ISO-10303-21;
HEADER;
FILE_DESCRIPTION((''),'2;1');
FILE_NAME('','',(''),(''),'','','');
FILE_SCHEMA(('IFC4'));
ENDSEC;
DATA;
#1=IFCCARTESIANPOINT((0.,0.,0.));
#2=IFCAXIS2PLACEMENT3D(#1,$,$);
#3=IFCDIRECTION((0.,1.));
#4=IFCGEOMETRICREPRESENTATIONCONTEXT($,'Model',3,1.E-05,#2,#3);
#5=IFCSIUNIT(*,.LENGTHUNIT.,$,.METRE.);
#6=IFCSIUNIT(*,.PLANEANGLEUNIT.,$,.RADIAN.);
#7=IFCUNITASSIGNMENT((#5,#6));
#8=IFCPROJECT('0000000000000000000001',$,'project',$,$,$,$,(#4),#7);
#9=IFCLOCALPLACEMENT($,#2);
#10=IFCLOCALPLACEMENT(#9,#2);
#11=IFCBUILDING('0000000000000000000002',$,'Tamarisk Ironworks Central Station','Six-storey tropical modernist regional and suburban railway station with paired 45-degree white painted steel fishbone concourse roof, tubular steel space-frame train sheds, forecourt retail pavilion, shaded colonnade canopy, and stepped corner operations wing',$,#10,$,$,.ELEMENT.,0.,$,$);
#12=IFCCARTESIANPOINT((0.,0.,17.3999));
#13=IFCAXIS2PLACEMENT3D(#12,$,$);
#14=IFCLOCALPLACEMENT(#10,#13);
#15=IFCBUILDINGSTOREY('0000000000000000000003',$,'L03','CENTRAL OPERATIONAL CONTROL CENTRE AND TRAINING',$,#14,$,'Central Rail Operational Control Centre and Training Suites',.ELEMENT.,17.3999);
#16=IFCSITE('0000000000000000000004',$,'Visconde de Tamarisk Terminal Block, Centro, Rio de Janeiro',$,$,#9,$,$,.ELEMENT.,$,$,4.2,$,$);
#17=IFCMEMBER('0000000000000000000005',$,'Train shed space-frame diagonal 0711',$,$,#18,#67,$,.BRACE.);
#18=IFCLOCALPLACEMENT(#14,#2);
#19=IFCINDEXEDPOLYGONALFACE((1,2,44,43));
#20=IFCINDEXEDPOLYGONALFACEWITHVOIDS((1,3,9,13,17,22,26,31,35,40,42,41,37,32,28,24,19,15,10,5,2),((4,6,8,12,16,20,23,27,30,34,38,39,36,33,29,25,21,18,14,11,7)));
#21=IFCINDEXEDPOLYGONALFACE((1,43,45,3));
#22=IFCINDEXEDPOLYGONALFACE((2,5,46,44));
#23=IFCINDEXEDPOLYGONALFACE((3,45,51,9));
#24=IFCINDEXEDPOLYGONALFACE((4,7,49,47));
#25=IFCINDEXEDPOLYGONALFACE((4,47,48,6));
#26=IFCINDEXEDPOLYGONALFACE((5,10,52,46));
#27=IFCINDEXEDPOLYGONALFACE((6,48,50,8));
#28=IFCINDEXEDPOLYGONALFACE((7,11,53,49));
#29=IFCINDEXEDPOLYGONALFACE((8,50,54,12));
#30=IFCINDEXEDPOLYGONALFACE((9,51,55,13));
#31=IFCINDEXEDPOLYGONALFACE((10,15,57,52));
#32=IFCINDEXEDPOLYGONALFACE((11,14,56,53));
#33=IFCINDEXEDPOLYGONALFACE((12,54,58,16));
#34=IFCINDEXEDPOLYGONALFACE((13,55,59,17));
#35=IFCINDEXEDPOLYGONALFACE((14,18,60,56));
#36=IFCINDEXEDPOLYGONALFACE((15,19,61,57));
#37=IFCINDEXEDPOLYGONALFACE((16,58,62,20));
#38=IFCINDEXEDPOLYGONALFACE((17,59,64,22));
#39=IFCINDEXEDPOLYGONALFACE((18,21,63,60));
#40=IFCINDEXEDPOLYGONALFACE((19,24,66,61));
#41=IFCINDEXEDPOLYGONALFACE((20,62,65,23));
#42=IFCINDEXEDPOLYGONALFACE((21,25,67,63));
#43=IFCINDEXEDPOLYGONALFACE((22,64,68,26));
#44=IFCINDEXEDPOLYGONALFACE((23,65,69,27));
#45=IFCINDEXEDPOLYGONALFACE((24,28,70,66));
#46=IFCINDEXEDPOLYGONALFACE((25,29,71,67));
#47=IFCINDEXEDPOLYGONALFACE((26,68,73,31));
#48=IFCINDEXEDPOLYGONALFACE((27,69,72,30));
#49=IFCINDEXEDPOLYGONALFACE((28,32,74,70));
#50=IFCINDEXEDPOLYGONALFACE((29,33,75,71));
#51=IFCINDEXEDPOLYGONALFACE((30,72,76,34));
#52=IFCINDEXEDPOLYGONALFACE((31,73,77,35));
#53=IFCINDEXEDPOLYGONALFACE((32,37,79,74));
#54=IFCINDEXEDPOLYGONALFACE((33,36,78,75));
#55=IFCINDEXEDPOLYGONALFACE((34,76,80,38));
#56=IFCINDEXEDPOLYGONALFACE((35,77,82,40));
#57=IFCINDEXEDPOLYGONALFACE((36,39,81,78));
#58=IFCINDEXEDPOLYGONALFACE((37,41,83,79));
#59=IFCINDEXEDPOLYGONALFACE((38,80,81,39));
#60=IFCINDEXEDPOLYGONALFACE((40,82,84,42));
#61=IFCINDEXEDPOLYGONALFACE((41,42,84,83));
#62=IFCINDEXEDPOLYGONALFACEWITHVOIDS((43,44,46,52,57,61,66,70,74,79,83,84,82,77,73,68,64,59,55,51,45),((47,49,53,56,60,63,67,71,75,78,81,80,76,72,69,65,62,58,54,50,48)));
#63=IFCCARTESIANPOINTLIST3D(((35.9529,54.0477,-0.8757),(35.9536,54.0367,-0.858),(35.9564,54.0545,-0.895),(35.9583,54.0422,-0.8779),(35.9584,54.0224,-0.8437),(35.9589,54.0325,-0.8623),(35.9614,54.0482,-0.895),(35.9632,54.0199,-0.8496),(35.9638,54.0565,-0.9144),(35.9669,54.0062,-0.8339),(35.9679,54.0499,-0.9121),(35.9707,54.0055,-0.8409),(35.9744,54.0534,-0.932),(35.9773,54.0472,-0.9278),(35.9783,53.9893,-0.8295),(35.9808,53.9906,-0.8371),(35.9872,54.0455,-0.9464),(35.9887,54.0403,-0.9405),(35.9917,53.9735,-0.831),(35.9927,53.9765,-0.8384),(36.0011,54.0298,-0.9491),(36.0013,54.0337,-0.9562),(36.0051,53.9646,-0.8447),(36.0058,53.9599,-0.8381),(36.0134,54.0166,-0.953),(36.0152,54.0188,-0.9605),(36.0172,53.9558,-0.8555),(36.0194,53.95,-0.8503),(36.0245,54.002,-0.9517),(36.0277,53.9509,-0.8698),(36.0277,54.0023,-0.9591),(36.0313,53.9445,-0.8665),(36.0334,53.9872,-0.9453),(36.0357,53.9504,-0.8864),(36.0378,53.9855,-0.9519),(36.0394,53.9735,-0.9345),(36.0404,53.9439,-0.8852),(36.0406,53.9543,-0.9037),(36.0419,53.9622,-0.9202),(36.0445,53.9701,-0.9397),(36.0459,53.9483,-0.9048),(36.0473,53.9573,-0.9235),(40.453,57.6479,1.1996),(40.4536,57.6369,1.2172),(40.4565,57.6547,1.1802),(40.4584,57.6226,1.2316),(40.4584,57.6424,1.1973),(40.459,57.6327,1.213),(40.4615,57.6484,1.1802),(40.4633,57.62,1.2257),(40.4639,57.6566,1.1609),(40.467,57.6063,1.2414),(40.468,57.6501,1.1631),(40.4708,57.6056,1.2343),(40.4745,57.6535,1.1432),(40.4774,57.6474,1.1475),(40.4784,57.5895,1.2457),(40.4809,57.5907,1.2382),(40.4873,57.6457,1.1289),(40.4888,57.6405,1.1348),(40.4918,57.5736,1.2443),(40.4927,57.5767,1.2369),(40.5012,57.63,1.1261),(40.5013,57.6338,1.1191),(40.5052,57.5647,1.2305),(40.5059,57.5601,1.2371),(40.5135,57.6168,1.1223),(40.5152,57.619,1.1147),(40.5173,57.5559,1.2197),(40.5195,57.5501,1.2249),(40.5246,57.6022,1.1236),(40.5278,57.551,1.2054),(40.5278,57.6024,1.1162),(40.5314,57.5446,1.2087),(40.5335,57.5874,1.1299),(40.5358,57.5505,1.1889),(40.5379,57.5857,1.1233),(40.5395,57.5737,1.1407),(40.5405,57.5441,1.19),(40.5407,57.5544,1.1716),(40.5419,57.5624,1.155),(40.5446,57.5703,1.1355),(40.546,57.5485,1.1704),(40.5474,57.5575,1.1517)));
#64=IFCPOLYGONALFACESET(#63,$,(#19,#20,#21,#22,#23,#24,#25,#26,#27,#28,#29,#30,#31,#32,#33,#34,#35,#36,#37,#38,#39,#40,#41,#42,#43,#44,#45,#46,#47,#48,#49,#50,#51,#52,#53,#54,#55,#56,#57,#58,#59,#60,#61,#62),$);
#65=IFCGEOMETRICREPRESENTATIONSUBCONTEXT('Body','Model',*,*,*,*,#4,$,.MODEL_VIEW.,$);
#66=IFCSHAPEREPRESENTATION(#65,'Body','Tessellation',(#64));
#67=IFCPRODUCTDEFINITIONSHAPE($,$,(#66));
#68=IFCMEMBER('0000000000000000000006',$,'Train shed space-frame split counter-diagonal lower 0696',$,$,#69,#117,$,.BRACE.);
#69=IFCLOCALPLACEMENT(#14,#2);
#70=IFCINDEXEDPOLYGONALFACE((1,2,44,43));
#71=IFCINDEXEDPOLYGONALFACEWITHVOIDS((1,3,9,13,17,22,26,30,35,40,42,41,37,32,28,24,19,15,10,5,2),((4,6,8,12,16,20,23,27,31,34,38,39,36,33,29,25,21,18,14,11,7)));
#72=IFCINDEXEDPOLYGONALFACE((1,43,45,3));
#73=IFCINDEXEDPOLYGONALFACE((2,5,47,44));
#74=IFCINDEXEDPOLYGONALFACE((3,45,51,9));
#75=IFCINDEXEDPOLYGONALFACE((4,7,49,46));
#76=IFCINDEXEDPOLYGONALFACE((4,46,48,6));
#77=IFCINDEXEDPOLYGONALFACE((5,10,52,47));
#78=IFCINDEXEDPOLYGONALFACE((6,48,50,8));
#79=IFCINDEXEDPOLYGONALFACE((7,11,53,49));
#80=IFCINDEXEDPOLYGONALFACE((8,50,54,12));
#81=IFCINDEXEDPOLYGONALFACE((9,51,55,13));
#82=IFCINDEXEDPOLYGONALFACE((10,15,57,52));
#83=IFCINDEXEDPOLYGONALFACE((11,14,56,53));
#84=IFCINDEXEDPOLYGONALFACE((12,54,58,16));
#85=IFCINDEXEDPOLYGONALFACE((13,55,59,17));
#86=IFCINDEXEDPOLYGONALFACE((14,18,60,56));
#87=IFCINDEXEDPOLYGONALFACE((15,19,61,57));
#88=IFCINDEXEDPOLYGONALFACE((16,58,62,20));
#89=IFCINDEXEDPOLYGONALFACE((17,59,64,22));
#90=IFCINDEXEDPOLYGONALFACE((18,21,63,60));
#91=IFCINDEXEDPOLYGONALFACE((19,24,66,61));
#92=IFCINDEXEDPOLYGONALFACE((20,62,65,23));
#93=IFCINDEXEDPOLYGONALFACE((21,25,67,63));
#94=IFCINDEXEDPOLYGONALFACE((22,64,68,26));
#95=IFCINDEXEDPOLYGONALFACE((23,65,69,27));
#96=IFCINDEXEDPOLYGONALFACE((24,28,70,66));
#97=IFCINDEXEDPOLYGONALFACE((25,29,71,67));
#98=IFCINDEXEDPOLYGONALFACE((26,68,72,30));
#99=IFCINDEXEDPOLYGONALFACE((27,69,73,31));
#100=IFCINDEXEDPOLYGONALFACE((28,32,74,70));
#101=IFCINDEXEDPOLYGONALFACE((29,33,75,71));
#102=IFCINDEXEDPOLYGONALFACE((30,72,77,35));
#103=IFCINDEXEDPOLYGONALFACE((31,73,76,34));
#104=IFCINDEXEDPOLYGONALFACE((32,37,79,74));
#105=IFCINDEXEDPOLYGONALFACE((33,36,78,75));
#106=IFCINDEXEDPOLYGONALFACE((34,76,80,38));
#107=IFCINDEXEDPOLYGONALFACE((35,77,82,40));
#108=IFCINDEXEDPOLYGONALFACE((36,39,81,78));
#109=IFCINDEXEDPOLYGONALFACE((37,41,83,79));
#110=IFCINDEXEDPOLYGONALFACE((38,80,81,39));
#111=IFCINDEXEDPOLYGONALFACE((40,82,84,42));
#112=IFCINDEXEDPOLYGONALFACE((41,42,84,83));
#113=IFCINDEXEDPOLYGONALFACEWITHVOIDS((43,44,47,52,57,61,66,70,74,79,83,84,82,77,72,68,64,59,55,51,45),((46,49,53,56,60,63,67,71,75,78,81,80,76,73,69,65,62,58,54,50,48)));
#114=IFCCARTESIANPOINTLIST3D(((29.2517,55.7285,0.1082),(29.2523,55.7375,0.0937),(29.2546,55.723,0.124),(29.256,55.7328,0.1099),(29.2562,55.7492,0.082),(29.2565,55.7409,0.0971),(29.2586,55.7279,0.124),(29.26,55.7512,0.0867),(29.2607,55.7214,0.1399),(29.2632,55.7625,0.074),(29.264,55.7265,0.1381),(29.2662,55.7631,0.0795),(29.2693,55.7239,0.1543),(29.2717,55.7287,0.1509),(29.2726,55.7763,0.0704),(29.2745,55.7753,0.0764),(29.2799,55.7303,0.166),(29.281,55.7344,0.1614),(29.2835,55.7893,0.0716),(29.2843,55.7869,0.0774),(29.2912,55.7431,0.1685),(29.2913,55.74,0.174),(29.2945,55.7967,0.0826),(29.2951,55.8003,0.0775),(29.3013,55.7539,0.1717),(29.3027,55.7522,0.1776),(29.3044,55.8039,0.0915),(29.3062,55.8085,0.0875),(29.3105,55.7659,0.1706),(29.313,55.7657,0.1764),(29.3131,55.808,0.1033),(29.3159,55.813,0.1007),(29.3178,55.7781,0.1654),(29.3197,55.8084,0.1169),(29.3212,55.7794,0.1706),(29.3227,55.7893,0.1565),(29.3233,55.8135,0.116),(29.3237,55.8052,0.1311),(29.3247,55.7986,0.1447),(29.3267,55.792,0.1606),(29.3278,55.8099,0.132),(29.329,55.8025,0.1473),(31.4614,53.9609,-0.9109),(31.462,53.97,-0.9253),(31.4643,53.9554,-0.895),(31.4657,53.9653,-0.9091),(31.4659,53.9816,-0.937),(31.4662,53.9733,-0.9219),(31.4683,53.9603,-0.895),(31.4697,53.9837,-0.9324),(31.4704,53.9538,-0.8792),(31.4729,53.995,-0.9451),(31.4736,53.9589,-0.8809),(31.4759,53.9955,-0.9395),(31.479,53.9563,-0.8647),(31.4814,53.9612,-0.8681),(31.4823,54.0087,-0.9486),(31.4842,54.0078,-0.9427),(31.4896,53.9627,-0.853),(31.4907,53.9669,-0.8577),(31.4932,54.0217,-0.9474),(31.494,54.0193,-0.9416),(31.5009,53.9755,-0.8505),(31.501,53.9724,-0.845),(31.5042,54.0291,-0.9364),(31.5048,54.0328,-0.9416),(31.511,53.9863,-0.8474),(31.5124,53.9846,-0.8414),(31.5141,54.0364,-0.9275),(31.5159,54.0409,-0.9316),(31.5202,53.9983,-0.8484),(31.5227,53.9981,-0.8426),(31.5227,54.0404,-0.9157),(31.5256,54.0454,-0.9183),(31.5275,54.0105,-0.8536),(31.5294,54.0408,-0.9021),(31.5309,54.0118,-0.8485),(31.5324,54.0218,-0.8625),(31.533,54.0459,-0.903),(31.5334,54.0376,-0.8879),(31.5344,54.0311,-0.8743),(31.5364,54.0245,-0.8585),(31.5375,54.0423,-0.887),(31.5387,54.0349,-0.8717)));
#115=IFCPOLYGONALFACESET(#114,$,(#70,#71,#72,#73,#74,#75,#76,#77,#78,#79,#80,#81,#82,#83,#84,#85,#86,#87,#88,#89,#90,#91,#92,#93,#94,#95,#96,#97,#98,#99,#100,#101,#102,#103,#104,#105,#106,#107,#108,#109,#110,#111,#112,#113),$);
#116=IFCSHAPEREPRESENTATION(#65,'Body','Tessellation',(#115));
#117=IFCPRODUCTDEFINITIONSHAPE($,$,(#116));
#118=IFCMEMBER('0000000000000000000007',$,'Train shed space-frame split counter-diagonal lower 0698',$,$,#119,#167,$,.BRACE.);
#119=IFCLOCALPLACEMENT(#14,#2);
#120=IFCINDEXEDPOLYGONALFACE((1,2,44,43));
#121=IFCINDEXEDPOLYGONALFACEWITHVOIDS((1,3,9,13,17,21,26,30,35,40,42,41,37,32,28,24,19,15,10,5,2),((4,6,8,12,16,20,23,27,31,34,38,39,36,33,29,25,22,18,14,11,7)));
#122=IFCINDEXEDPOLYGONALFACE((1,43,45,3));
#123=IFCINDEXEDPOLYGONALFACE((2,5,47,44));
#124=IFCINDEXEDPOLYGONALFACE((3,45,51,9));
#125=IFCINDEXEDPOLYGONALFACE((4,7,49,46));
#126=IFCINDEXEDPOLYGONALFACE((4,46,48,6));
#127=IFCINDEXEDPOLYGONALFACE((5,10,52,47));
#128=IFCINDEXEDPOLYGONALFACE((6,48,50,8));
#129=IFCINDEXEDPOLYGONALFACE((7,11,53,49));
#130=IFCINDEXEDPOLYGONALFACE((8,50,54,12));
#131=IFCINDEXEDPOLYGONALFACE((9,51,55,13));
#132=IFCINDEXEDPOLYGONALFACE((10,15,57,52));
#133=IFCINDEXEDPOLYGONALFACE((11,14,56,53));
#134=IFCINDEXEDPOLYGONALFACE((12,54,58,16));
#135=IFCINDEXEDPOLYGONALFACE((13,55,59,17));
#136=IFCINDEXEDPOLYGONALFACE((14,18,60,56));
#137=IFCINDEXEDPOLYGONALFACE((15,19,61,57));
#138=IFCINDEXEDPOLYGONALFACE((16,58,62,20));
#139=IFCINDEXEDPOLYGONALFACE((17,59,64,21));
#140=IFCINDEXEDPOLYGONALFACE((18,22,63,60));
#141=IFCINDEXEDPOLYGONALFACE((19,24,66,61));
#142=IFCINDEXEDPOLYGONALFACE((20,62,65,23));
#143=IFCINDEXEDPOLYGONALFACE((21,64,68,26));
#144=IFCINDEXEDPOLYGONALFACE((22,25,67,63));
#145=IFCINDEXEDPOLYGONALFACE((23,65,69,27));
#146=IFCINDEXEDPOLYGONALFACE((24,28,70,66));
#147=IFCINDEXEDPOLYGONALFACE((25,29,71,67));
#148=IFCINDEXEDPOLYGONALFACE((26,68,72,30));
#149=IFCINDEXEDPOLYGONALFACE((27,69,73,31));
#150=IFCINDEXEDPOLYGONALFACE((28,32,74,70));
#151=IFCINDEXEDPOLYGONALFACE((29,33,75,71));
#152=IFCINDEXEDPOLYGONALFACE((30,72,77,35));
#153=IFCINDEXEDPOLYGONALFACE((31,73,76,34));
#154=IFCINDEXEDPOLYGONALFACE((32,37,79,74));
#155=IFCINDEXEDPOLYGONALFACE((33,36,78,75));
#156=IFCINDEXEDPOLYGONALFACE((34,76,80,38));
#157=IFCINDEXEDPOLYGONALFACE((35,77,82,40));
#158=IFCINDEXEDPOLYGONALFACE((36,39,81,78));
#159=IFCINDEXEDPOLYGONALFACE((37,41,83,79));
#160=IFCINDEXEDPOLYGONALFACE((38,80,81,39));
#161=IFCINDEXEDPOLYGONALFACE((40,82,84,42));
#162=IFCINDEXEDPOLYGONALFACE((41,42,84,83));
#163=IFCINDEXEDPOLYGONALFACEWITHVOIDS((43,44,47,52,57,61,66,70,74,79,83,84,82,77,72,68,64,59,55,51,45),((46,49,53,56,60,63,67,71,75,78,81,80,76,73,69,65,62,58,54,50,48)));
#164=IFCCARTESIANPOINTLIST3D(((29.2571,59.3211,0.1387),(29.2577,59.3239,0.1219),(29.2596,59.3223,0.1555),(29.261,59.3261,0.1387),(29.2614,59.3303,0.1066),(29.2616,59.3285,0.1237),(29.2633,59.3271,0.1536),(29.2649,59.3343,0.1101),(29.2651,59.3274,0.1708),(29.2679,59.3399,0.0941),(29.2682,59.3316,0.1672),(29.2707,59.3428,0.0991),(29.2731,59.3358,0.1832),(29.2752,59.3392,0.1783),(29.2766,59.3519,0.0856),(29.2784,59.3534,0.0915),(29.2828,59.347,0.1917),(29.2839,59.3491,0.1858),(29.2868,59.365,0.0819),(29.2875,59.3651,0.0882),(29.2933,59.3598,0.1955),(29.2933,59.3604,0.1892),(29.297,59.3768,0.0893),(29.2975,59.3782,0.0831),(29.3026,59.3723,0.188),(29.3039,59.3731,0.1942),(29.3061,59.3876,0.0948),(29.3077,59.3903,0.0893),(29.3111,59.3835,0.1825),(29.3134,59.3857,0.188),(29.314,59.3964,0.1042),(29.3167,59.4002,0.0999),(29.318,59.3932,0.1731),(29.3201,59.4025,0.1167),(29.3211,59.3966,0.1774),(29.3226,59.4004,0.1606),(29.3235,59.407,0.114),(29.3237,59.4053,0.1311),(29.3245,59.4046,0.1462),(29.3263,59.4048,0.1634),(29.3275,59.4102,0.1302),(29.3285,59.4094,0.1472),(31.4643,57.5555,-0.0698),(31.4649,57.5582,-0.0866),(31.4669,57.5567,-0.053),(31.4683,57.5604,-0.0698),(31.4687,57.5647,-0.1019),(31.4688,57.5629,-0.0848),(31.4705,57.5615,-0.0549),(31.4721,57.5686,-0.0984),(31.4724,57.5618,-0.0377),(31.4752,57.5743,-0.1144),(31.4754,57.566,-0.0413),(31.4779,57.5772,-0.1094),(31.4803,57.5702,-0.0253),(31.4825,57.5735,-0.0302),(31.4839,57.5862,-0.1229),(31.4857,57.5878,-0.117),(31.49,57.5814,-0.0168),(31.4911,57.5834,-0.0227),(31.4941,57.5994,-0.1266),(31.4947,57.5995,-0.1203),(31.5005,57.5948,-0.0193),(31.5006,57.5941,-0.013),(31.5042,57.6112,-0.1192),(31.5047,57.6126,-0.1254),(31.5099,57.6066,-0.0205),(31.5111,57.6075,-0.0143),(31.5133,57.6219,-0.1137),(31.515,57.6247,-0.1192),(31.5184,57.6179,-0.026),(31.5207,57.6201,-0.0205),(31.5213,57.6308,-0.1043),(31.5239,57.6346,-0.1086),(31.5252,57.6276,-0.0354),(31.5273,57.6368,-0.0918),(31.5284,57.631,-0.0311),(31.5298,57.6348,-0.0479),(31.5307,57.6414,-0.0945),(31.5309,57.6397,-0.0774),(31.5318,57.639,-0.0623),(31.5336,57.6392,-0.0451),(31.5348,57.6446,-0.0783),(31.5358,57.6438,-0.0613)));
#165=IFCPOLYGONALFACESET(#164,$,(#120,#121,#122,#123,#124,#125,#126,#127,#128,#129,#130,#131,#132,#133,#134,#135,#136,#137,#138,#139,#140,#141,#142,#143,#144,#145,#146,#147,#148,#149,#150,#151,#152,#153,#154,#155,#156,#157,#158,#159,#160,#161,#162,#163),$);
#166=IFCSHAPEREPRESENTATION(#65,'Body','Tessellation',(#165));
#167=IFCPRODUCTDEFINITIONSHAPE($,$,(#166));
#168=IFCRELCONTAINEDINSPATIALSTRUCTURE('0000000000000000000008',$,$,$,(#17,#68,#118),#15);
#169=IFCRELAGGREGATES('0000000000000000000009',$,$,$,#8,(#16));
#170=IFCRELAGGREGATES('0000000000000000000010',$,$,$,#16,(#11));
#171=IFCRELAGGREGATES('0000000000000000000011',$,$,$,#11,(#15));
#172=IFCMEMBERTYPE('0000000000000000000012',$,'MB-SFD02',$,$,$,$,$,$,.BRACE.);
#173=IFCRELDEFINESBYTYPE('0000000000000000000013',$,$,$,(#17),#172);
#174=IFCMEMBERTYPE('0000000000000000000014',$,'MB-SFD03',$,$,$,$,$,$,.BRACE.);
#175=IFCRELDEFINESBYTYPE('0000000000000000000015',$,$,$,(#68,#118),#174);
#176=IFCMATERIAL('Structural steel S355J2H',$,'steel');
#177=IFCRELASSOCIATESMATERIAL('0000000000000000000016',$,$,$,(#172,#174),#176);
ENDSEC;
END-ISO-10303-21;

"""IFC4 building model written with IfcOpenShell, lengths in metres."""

from ifc_helpers import new_model, si_unit, direction, frame, origin, origin_2d, place, context, subcontext, project, spatial, hollow_circle, extrude, material, material_profile, profile_set, type_object, element, save


model = new_model("IFC4")

# Units and contexts
model_context = context("Model", 3, precision=1e-05, world=origin(), true_north=direction((0.0, 1.0)))
body_context = subcontext(model_context, "Body", "Model", "MODEL_VIEW")
ifc_project = project(units=[si_unit("LENGTHUNIT", "METRE"), si_unit("PLANEANGLEUNIT", "RADIAN")], contexts=[model_context])

# Site, building, storey
site_placement = place(None, origin())
site = spatial("IfcSite", under=ifc_project, at=site_placement, Name="Visconde de Tamarisk Terminal Block, Centro, Rio de Janeiro", CompositionType="ELEMENT", RefElevation=4.2)
building_placement = place(site_placement, origin())
building = spatial("IfcBuilding", under=site, at=building_placement, Name="Tamarisk Ironworks Central Station", Description="Six-storey tropical modernist regional and suburban railway station with paired 45-degree white painted steel fishbone concourse roof, tubular steel space-frame train sheds, forecourt retail pavilion, shaded colonnade canopy, and stepped corner operations wing", CompositionType="ELEMENT", ElevationOfRefHeight=0.0)
storey_placement = place(building_placement, frame((0.0, 0.0, 17.3999)))
storey = spatial("IfcBuildingStorey", under=building, at=storey_placement, Name="L03", Description="CENTRAL OPERATIONAL CONTROL CENTRE AND TRAINING", LongName="Central Rail Operational Control Centre and Training Suites", CompositionType="ELEMENT", Elevation=17.3999)

# Members
ifc_material_1 = material(Name="Structural steel S355J2H", Category="steel")
ifc_material_profile_1 = material_profile(ifc_material_1, hollow_circle(Radius=0.0698, WallThickness=0.0081, at=origin_2d()), Name="CHS 139.7x8")
ifc_profile_set_1 = profile_set([ifc_material_profile_1], Name="Structural steel S355J2H")
member_type_1 = type_object("IfcMemberType", Name="MB-SFD02", PredefinedType="BRACE", material=ifc_profile_set_1)
member_1_placement = place(storey_placement, frame((36.0, 54.0, -0.895), z_axis=(0.734679, 0.587759, 0.338801), x_axis=(-0.624705, 0.780861, 0.0)))
element("IfcMember", 1, at=member_1_placement, inside=storey, type_object=member_type_1, Name="Train shed space-frame diagonal 0711", PredefinedType="BRACE", context=body_context, shape_type="SweptSolid", body=[
    extrude(hollow_circle(Radius=0.0698, WallThickness=0.0081, at=origin_2d()), origin(), (0.0, 0.0, 1.0), 6.1252),
])
ifc_material_profile_2 = material_profile(ifc_material_1, hollow_circle(Radius=0.0571, WallThickness=0.0063, at=origin_2d()), Name="CHS 114.3x6.3")
ifc_profile_set_2 = profile_set([ifc_material_profile_2], Name="Structural steel S355J2H")
member_type_2 = type_object("IfcMemberType", Name="MB-SFD03", PredefinedType="BRACE", material=ifc_profile_set_2)
member_2_placement = place(storey_placement, frame((31.5, 54.0, -0.895), z_axis=(-0.734712, 0.587705, 0.338823), x_axis=(-0.624653, -0.780902, 0.0)))
element("IfcMember", 2, at=member_2_placement, inside=storey, type_object=member_type_2, Name="Train shed space-frame split counter-diagonal lower 0696", PredefinedType="BRACE", context=body_context, shape_type="SweptSolid", body=[
    extrude(hollow_circle(Radius=0.0571, WallThickness=0.0063, at=origin_2d()), origin(), (0.0, 0.0, 1.0), 3.0076),
])
member_3_placement = place(storey_placement, frame((31.5, 57.6001, -0.0698), z_axis=(-0.778787, 0.62296, 0.073563), x_axis=(-0.624653, -0.780903, 0.0)))
element("IfcMember", 3, at=member_3_placement, inside=storey, type_object=member_type_2, Name="Train shed space-frame split counter-diagonal lower 0698", PredefinedType="BRACE", context=body_context, shape_type="SweptSolid", body=[
    extrude(hollow_circle(Radius=0.0571, WallThickness=0.0063, at=origin_2d()), origin(), (0.0, 0.0, 1.0), 2.8342),
])

save(model, "model.ifc")
